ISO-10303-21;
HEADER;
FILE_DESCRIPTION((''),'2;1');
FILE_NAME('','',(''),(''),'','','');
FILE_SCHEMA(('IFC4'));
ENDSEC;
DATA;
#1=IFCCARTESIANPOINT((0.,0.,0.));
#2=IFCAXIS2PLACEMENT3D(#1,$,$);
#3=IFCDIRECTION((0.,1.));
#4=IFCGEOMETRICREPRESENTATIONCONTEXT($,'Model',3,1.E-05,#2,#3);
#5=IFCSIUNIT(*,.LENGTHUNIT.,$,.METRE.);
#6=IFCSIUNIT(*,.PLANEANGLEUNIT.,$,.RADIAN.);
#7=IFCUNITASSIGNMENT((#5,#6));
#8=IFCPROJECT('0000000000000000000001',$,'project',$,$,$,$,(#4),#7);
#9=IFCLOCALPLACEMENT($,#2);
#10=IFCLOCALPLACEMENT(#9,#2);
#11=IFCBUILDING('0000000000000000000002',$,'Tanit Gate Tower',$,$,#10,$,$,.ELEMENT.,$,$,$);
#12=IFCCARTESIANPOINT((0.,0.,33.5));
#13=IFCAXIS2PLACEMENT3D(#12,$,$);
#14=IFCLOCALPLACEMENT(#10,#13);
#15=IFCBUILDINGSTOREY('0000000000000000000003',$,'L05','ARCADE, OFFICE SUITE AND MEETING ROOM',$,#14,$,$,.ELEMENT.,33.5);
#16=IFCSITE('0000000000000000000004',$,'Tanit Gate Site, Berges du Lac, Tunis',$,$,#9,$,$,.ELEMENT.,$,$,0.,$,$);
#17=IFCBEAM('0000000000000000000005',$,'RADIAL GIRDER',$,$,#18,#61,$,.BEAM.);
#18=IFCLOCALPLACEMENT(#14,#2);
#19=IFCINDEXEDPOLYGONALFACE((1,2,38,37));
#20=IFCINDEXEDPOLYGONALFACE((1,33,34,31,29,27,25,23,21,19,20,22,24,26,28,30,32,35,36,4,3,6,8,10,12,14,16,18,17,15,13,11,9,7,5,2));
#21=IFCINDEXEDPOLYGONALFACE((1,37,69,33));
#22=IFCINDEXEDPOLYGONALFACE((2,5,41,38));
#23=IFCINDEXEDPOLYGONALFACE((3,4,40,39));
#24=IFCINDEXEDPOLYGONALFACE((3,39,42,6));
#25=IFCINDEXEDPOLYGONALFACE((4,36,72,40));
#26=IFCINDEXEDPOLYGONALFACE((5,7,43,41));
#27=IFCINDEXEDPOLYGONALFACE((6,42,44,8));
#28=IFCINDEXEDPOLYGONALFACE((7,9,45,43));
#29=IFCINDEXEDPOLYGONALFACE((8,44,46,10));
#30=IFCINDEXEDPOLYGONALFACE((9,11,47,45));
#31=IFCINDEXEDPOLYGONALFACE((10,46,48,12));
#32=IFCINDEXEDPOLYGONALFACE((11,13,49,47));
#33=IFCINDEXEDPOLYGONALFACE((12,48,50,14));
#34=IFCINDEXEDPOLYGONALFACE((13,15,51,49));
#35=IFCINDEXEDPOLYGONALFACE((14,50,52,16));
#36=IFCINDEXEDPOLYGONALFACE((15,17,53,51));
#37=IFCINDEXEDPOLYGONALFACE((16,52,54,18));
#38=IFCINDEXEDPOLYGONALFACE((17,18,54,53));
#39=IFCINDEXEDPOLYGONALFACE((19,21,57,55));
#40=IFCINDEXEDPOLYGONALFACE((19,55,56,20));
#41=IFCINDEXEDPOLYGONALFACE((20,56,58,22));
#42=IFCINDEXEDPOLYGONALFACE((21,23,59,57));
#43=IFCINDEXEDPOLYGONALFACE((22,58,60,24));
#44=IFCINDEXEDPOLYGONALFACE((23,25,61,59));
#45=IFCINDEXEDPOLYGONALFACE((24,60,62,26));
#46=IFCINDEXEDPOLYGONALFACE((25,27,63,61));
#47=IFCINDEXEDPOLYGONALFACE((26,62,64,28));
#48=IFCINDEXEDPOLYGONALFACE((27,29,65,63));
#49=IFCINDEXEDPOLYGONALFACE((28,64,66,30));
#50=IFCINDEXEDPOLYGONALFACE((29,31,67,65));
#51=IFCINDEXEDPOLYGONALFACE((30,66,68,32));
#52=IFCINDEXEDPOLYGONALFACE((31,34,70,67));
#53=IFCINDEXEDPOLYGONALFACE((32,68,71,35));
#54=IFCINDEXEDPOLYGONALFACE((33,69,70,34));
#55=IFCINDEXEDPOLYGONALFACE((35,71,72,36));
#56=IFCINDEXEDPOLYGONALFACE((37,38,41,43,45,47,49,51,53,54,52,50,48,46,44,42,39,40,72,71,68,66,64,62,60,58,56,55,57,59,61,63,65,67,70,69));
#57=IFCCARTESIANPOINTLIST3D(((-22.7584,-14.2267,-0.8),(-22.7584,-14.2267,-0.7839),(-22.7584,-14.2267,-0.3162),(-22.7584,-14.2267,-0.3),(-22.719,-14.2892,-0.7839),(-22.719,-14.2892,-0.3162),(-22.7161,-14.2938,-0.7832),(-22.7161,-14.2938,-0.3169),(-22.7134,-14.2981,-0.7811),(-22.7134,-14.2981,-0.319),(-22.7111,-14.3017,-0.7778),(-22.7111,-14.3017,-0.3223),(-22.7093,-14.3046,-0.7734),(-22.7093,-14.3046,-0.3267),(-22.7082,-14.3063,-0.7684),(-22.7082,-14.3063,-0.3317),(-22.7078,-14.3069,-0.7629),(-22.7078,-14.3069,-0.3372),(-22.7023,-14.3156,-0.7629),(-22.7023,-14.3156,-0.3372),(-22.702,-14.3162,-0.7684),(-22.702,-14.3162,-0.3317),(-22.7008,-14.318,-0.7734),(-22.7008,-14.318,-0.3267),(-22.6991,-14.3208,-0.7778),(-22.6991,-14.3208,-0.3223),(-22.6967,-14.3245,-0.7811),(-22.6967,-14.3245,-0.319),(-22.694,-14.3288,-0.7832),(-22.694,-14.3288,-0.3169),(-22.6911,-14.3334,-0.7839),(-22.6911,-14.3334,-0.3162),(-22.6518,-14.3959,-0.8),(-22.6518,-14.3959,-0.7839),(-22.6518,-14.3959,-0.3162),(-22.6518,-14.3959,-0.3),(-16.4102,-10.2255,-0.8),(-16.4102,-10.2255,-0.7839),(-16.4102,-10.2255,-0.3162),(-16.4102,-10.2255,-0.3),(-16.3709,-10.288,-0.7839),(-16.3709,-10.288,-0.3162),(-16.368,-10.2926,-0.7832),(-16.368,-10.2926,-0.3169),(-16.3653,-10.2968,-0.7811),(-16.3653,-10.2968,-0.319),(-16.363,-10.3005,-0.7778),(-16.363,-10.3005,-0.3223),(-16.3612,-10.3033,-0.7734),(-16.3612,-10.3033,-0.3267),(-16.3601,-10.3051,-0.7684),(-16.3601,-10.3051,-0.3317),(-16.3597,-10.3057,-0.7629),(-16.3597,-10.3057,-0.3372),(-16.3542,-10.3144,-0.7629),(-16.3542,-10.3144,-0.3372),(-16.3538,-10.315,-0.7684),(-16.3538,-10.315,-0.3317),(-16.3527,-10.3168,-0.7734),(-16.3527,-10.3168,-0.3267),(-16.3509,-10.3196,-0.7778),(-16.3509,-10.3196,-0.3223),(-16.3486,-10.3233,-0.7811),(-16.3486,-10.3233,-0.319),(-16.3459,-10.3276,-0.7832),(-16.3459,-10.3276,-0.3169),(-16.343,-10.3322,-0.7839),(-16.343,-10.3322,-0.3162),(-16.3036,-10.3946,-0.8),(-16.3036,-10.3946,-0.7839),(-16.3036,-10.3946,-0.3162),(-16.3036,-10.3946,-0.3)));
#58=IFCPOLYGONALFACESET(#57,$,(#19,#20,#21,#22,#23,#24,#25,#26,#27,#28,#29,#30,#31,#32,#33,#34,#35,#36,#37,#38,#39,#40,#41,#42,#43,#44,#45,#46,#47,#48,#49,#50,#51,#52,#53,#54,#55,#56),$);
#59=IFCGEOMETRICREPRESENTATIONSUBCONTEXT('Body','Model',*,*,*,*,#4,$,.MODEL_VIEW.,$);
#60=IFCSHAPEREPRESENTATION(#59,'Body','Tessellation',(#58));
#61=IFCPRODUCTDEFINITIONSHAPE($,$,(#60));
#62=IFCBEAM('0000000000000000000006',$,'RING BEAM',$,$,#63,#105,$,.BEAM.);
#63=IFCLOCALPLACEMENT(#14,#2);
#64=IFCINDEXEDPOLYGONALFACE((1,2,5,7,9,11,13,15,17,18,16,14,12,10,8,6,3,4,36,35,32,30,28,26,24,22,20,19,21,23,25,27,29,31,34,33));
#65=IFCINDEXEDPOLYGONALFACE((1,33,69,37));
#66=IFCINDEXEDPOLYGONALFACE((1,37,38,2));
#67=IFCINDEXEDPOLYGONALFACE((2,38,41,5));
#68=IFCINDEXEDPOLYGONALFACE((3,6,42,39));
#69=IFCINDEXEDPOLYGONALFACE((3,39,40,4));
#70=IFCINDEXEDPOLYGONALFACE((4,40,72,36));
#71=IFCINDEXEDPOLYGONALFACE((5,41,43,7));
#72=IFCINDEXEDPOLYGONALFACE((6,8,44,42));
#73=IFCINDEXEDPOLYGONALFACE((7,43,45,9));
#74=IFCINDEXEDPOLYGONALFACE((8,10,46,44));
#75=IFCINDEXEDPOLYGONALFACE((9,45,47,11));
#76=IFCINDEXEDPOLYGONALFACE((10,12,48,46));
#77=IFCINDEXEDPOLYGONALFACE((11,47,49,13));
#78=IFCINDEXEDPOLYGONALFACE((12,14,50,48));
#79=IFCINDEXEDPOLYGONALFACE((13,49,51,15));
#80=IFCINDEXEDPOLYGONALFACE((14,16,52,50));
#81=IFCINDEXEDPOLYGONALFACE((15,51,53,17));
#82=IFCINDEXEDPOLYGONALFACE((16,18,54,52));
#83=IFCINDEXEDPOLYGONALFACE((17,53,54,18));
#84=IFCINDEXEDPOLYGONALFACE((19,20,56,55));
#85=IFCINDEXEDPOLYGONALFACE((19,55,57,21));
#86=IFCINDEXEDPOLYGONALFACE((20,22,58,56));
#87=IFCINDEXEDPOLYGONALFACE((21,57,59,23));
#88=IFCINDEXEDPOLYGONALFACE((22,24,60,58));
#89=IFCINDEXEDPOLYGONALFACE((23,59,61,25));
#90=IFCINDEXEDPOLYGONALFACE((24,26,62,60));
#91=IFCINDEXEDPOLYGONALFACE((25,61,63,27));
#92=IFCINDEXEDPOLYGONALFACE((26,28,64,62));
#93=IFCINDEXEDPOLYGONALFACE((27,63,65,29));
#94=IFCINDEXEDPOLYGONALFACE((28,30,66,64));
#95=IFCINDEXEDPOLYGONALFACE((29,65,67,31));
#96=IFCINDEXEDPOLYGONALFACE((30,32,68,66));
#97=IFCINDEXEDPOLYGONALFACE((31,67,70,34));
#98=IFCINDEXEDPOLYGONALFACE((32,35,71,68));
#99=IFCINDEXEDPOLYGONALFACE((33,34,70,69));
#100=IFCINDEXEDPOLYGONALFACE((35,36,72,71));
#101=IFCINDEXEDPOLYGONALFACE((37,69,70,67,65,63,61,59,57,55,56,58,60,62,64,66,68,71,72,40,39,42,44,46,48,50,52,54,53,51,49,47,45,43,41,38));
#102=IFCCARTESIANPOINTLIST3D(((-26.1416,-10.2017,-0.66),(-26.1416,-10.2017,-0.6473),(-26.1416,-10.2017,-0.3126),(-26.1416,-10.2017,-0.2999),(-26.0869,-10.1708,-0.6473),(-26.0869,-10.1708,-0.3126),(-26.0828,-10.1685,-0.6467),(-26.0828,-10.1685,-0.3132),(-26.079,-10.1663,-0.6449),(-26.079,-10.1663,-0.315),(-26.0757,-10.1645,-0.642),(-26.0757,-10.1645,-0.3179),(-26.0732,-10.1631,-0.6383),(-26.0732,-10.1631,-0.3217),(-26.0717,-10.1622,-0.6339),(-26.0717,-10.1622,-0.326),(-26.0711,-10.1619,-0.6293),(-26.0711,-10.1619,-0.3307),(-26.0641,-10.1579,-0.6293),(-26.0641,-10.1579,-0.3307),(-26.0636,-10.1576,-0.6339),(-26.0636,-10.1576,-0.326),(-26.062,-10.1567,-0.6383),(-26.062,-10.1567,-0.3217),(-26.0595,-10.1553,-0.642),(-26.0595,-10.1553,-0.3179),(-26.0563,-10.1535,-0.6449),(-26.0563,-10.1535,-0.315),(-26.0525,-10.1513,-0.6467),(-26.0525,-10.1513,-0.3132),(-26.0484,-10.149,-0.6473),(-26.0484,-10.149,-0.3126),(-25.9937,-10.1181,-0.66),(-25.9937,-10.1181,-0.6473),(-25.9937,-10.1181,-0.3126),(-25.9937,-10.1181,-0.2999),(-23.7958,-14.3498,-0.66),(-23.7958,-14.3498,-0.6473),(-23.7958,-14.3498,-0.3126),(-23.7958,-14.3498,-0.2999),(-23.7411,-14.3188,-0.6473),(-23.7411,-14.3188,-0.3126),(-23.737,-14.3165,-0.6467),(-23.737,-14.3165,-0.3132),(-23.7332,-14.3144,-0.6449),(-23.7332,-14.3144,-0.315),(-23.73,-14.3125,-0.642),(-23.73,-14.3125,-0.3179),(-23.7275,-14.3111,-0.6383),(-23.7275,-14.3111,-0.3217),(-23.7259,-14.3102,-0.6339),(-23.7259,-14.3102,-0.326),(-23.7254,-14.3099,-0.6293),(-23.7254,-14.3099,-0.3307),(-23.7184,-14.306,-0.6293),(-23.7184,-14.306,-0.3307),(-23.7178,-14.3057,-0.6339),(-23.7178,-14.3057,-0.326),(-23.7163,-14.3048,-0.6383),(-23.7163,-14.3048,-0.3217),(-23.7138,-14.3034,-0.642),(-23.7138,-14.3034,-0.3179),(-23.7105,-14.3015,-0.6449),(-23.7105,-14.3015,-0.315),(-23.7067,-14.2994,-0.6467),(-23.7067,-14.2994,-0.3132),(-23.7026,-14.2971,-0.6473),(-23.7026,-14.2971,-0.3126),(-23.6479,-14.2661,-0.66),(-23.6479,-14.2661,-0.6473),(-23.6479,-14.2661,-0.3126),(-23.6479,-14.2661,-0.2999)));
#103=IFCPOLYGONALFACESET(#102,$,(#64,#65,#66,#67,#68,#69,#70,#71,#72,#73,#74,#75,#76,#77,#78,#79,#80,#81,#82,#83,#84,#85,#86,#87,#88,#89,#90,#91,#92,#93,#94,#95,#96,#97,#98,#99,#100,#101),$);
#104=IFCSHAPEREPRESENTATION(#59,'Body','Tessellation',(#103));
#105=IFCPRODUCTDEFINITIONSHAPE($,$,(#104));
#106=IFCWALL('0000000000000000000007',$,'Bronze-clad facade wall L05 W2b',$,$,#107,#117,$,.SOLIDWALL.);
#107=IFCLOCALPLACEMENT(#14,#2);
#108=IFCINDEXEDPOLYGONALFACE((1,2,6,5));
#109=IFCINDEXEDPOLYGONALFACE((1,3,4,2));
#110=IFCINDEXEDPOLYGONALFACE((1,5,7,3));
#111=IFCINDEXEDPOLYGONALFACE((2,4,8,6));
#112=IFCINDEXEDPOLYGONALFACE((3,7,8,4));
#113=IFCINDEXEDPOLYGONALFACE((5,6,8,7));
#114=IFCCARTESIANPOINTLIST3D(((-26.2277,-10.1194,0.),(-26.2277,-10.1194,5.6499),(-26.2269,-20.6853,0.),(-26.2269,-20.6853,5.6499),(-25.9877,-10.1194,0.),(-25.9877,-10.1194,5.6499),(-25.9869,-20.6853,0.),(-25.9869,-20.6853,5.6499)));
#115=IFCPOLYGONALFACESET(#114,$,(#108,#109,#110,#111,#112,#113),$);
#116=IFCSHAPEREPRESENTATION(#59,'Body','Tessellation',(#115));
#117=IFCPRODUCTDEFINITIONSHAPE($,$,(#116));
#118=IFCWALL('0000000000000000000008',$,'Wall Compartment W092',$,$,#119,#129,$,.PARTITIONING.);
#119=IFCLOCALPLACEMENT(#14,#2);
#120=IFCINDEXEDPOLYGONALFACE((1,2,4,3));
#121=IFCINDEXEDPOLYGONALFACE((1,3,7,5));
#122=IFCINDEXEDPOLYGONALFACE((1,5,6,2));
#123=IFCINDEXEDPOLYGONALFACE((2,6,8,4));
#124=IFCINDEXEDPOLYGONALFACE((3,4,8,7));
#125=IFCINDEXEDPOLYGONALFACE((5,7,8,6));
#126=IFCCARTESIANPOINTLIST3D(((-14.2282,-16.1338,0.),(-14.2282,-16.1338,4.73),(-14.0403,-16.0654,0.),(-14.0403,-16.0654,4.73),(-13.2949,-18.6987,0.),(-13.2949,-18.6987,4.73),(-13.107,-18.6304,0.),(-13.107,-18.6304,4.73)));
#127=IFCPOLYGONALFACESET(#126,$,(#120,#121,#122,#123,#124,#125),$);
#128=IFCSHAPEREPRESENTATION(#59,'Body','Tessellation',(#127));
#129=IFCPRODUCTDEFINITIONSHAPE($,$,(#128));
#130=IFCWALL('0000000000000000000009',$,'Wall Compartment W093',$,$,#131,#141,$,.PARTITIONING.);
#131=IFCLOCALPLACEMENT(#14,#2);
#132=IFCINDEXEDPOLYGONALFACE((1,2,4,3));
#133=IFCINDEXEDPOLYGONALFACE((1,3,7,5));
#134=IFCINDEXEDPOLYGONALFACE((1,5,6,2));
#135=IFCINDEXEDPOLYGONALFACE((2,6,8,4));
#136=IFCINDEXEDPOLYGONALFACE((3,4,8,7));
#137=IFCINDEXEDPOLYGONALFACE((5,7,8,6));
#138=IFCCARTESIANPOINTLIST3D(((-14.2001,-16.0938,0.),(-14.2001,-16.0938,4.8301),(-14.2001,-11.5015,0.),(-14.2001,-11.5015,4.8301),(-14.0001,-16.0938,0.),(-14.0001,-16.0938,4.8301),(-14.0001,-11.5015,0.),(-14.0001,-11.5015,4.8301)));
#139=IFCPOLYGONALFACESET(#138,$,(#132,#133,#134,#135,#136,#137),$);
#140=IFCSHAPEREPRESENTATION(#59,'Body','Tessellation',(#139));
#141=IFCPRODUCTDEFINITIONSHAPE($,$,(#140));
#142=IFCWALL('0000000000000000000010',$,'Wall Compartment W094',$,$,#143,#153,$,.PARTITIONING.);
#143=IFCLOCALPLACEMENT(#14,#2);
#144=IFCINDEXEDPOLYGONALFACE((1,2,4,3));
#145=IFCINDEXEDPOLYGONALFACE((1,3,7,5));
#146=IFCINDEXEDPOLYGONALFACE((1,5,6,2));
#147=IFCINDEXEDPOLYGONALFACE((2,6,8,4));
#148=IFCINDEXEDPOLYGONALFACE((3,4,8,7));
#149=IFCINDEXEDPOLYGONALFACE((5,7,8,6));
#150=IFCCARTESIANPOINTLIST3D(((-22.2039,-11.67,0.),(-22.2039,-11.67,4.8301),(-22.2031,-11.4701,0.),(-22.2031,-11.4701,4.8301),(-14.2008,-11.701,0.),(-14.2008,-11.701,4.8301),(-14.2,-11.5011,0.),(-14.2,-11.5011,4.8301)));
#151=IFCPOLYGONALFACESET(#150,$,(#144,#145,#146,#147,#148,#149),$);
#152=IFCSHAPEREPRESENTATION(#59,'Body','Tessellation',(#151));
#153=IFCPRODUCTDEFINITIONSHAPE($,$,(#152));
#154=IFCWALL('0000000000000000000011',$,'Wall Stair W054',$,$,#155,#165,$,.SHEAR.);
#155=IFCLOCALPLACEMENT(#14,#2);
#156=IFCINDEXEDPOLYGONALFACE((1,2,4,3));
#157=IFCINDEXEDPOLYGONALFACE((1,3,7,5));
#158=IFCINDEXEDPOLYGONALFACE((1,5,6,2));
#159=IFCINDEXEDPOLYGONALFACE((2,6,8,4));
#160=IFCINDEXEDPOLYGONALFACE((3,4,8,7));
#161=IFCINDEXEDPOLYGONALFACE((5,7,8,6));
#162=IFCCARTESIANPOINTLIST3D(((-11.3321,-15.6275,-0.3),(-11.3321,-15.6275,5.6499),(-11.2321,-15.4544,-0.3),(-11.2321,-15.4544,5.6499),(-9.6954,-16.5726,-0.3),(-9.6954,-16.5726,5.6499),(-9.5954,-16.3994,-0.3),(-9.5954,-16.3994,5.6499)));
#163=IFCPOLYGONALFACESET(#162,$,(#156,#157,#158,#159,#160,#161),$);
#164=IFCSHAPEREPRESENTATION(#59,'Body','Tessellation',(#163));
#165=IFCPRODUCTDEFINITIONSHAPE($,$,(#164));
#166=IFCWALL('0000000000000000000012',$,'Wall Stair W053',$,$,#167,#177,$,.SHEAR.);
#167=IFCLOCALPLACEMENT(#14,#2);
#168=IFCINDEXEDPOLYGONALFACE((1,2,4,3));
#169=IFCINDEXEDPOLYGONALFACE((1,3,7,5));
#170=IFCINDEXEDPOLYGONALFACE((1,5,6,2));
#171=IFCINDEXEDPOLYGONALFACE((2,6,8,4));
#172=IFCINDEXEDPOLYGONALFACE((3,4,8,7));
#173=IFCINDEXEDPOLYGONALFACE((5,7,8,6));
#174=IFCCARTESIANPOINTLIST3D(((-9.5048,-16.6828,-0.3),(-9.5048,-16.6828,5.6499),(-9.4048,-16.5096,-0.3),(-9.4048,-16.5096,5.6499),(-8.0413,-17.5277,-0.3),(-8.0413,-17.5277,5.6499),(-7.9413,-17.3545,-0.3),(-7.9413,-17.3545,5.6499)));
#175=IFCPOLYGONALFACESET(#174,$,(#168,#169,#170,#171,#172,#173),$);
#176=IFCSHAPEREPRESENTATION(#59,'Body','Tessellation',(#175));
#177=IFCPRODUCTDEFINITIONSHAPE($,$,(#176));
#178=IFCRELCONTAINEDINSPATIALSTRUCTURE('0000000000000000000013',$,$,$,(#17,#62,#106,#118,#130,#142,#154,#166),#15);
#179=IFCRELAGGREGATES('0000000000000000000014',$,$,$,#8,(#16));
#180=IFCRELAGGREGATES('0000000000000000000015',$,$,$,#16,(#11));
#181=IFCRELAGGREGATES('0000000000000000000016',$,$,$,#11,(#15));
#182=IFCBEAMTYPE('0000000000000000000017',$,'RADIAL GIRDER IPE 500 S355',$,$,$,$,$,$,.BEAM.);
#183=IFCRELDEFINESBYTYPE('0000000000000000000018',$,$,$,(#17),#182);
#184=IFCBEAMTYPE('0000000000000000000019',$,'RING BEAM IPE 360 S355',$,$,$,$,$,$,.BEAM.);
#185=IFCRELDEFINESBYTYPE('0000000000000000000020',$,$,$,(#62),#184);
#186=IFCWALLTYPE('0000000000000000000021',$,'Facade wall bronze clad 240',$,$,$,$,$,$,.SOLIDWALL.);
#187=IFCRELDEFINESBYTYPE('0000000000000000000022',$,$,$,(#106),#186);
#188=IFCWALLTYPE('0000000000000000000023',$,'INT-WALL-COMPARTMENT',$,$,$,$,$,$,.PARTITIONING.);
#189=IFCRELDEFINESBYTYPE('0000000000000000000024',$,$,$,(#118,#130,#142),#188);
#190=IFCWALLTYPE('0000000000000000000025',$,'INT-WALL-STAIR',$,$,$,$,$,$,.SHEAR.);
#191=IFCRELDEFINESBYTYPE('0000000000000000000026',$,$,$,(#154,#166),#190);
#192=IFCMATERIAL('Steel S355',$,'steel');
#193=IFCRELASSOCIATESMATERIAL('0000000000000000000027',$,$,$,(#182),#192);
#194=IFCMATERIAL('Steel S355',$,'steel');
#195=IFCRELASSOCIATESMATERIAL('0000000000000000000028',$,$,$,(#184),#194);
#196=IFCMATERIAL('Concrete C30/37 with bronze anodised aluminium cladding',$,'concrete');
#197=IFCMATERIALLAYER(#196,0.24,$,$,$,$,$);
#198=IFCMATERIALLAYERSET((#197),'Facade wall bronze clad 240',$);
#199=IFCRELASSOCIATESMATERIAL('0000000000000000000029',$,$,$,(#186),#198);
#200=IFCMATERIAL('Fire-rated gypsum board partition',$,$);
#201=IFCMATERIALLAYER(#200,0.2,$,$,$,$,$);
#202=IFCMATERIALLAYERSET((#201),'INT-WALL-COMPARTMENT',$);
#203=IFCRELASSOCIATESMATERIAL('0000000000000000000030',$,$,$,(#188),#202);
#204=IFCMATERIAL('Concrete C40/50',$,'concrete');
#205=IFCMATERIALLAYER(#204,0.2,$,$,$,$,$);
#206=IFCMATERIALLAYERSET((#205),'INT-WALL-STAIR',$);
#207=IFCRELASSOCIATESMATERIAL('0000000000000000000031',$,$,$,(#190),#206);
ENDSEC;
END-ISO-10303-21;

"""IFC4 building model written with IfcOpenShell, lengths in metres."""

from ifc_helpers import new_model, si_unit, direction, frame, frame_2d, origin, origin_2d, place, context, subcontext, project, spatial, rectangle, i_section, extrude, material, layer, layer_set, material_profile, profile_set, type_object, element, save


model = new_model("IFC4")

# Units and contexts
model_context = context("Model", 3, precision=1e-05, world=origin(), true_north=direction((0.0, 1.0)))
body_context = subcontext(model_context, "Body", "Model", "MODEL_VIEW")
ifc_project = project(units=[si_unit("LENGTHUNIT", "METRE"), si_unit("PLANEANGLEUNIT", "RADIAN")], contexts=[model_context])

# Site, building, storey
site_placement = place(None, origin())
site = spatial("IfcSite", under=ifc_project, at=site_placement, Name="Tanit Gate Site, Berges du Lac, Tunis", CompositionType="ELEMENT", RefElevation=0.0)
building_placement = place(site_placement, origin())
building = spatial("IfcBuilding", under=site, at=building_placement, Name="Tanit Gate Tower", CompositionType="ELEMENT")
storey_placement = place(building_placement, frame((0.0, 0.0, 33.5)))
storey = spatial("IfcBuildingStorey", under=building, at=storey_placement, Name="L05", Description="ARCADE, OFFICE SUITE AND MEETING ROOM", CompositionType="ELEMENT", Elevation=33.5)

# Beams
ifc_material_1 = material(Name="Steel S355", Category="steel")
ifc_material_profile_1 = material_profile(ifc_material_1, i_section(OverallWidth=0.2, OverallDepth=0.5, WebThickness=0.0103, FlangeThickness=0.0161, FilletRadius=0.021, at=origin_2d()), Name="IPE 500")
ifc_profile_set_1 = profile_set([ifc_material_profile_1], Name="Steel S355")
beam_type_1 = type_object("IfcBeamType", Name="RADIAL GIRDER IPE 500 S355", PredefinedType="BEAM", material=ifc_profile_set_1)
beam_1_placement = place(storey_placement, frame((-22.7051, -14.3113, -0.55), z_axis=(0.845978, 0.533218, 0.0), x_axis=(-0.533218, 0.845978, 0.0)))
element("IfcBeam", 1, at=beam_1_placement, inside=storey, type_object=beam_type_1, Name="RADIAL GIRDER", PredefinedType="BEAM", context=body_context, shape_type="SweptSolid", body=[
    extrude(i_section(OverallWidth=0.2, OverallDepth=0.5, WebThickness=0.0103, FlangeThickness=0.0161, FilletRadius=0.021, at=origin_2d()), origin(), (0.0, 0.0, 1.0), 7.5039),
])
ifc_material_2 = material(Name="Steel S355", Category="steel")
ifc_material_profile_2 = material_profile(ifc_material_2, i_section(OverallWidth=0.1699, OverallDepth=0.3601, WebThickness=0.0081, FlangeThickness=0.0127, FilletRadius=0.0181, at=origin_2d()), Name="IPE 360")
ifc_profile_set_2 = profile_set([ifc_material_profile_2], Name="Steel S355")
beam_type_2 = type_object("IfcBeamType", Name="RING BEAM IPE 360 S355", PredefinedType="BEAM", material=ifc_profile_set_2)
beam_2_placement = place(storey_placement, frame((-26.0676, -10.1599, -0.48), z_axis=(0.49225, -0.870454, 0.0), x_axis=(0.870454, 0.49225, 0.0)))
element("IfcBeam", 2, at=beam_2_placement, inside=storey, type_object=beam_type_2, Name="RING BEAM", PredefinedType="BEAM", context=body_context, shape_type="SweptSolid", body=[
    extrude(i_section(OverallWidth=0.1699, OverallDepth=0.3601, WebThickness=0.0081, FlangeThickness=0.0127, FilletRadius=0.0181, at=origin_2d()), origin(), (0.0, 0.0, 1.0), 4.7654),
])

# Walls
ifc_material_3 = material(Name="Concrete C30/37 with bronze anodised aluminium cladding", Category="concrete")
ifc_layer_1 = layer(ifc_material_3, 0.24)
ifc_layer_set_1 = layer_set([ifc_layer_1], Name="Facade wall bronze clad 240")
wall_type_1 = type_object("IfcWallType", Name="Facade wall bronze clad 240", PredefinedType="SOLIDWALL", material=ifc_layer_set_1)
wall_1_placement = place(storey_placement, frame((-26.1077, -10.1194, 0.0), z_axis=(0.0, 0.0, 1.0), x_axis=(0.000069, -1.0, 0.0)))
element("IfcWall", 3, at=wall_1_placement, inside=storey, type_object=wall_type_1, Name="Bronze-clad facade wall L05 W2b", PredefinedType="SOLIDWALL", context=body_context, shape_type="SweptSolid", body=[
    extrude(rectangle(XDim=10.5659, YDim=0.24, at=frame_2d((5.283, 0.0))), origin(), (0.0, 0.0, 1.0), 5.6499),
])
ifc_material_4 = material(Name="Fire-rated gypsum board partition")
ifc_layer_2 = layer(ifc_material_4, 0.2)
ifc_layer_set_2 = layer_set([ifc_layer_2], Name="INT-WALL-COMPARTMENT")
wall_type_2 = type_object("IfcWallType", Name="INT-WALL-COMPARTMENT", PredefinedType="PARTITIONING", material=ifc_layer_set_2)
wall_2_placement = place(storey_placement, frame((-14.1343, -16.0996, 0.0), z_axis=(0.0, 0.0, 1.0), x_axis=(0.341951, -0.939718, 0.0)))
element("IfcWall", 4, at=wall_2_placement, inside=storey, type_object=wall_type_2, Name="Wall Compartment W092", PredefinedType="PARTITIONING", context=body_context, shape_type="SweptSolid", body=[
    extrude(rectangle(XDim=2.7295, YDim=0.2, at=frame_2d((1.3647, 0.0))), origin(), (0.0, 0.0, 1.0), 4.73),
])
wall_3_placement = place(storey_placement, frame((-14.1001, -11.5015, 0.0), z_axis=(0.0, 0.0, 1.0), x_axis=(0.0, -1.0, 0.0)))
element("IfcWall", 5, at=wall_3_placement, inside=storey, type_object=wall_type_2, Name="Wall Compartment W093", PredefinedType="PARTITIONING", context=body_context, shape_type="SweptSolid", body=[
    extrude(rectangle(XDim=4.5923, YDim=0.2, at=frame_2d((2.2961, 0.0))), origin(), (0.0, 0.0, 1.0), 4.8301),
])
wall_4_placement = place(storey_placement, frame((-22.2034, -11.5701, 0.0), z_axis=(0.0, 0.0, 1.0), x_axis=(0.999992, -0.003874, 0.0)))
element("IfcWall", 6, at=wall_4_placement, inside=storey, type_object=wall_type_2, Name="Wall Compartment W094", PredefinedType="PARTITIONING", context=body_context, shape_type="SweptSolid", body=[
    extrude(rectangle(XDim=8.0032, YDim=0.2, at=frame_2d((4.0015, 0.0))), origin(), (0.0, 0.0, 1.0), 4.8301),
])
ifc_material_5 = material(Name="Concrete C40/50", Category="concrete")
ifc_layer_3 = layer(ifc_material_5, 0.2)
ifc_layer_set_3 = layer_set([ifc_layer_3], Name="INT-WALL-STAIR")
wall_type_3 = type_object("IfcWallType", Name="INT-WALL-STAIR", PredefinedType="SHEAR", material=ifc_layer_set_3)
wall_5_placement = place(storey_placement, frame((-11.282, -15.541, -0.3), z_axis=(0.0, 0.0, 1.0), x_axis=(0.866001, -0.500043, 0.0)))
element("IfcWall", 7, at=wall_5_placement, inside=storey, type_object=wall_type_3, Name="Wall Stair W054", PredefinedType="SHEAR", context=body_context, shape_type="SweptSolid", body=[
    extrude(rectangle(XDim=1.8899, YDim=0.2, at=frame_2d((0.9448, 0.0))), origin(), (0.0, 0.0, 1.0), 5.95),
])
wall_6_placement = place(storey_placement, frame((-9.4548, -16.5962, -0.3), z_axis=(0.0, 0.0, 1.0), x_axis=(0.866039, -0.499977, 0.0)))
element("IfcWall", 8, at=wall_6_placement, inside=storey, type_object=wall_type_3, Name="Wall Stair W053", PredefinedType="SHEAR", context=body_context, shape_type="SweptSolid", body=[
    extrude(rectangle(XDim=1.6899, YDim=0.2, at=frame_2d((0.845, 0.0))), origin(), (0.0, 0.0, 1.0), 5.95),
])

save(model, "model.ifc")
